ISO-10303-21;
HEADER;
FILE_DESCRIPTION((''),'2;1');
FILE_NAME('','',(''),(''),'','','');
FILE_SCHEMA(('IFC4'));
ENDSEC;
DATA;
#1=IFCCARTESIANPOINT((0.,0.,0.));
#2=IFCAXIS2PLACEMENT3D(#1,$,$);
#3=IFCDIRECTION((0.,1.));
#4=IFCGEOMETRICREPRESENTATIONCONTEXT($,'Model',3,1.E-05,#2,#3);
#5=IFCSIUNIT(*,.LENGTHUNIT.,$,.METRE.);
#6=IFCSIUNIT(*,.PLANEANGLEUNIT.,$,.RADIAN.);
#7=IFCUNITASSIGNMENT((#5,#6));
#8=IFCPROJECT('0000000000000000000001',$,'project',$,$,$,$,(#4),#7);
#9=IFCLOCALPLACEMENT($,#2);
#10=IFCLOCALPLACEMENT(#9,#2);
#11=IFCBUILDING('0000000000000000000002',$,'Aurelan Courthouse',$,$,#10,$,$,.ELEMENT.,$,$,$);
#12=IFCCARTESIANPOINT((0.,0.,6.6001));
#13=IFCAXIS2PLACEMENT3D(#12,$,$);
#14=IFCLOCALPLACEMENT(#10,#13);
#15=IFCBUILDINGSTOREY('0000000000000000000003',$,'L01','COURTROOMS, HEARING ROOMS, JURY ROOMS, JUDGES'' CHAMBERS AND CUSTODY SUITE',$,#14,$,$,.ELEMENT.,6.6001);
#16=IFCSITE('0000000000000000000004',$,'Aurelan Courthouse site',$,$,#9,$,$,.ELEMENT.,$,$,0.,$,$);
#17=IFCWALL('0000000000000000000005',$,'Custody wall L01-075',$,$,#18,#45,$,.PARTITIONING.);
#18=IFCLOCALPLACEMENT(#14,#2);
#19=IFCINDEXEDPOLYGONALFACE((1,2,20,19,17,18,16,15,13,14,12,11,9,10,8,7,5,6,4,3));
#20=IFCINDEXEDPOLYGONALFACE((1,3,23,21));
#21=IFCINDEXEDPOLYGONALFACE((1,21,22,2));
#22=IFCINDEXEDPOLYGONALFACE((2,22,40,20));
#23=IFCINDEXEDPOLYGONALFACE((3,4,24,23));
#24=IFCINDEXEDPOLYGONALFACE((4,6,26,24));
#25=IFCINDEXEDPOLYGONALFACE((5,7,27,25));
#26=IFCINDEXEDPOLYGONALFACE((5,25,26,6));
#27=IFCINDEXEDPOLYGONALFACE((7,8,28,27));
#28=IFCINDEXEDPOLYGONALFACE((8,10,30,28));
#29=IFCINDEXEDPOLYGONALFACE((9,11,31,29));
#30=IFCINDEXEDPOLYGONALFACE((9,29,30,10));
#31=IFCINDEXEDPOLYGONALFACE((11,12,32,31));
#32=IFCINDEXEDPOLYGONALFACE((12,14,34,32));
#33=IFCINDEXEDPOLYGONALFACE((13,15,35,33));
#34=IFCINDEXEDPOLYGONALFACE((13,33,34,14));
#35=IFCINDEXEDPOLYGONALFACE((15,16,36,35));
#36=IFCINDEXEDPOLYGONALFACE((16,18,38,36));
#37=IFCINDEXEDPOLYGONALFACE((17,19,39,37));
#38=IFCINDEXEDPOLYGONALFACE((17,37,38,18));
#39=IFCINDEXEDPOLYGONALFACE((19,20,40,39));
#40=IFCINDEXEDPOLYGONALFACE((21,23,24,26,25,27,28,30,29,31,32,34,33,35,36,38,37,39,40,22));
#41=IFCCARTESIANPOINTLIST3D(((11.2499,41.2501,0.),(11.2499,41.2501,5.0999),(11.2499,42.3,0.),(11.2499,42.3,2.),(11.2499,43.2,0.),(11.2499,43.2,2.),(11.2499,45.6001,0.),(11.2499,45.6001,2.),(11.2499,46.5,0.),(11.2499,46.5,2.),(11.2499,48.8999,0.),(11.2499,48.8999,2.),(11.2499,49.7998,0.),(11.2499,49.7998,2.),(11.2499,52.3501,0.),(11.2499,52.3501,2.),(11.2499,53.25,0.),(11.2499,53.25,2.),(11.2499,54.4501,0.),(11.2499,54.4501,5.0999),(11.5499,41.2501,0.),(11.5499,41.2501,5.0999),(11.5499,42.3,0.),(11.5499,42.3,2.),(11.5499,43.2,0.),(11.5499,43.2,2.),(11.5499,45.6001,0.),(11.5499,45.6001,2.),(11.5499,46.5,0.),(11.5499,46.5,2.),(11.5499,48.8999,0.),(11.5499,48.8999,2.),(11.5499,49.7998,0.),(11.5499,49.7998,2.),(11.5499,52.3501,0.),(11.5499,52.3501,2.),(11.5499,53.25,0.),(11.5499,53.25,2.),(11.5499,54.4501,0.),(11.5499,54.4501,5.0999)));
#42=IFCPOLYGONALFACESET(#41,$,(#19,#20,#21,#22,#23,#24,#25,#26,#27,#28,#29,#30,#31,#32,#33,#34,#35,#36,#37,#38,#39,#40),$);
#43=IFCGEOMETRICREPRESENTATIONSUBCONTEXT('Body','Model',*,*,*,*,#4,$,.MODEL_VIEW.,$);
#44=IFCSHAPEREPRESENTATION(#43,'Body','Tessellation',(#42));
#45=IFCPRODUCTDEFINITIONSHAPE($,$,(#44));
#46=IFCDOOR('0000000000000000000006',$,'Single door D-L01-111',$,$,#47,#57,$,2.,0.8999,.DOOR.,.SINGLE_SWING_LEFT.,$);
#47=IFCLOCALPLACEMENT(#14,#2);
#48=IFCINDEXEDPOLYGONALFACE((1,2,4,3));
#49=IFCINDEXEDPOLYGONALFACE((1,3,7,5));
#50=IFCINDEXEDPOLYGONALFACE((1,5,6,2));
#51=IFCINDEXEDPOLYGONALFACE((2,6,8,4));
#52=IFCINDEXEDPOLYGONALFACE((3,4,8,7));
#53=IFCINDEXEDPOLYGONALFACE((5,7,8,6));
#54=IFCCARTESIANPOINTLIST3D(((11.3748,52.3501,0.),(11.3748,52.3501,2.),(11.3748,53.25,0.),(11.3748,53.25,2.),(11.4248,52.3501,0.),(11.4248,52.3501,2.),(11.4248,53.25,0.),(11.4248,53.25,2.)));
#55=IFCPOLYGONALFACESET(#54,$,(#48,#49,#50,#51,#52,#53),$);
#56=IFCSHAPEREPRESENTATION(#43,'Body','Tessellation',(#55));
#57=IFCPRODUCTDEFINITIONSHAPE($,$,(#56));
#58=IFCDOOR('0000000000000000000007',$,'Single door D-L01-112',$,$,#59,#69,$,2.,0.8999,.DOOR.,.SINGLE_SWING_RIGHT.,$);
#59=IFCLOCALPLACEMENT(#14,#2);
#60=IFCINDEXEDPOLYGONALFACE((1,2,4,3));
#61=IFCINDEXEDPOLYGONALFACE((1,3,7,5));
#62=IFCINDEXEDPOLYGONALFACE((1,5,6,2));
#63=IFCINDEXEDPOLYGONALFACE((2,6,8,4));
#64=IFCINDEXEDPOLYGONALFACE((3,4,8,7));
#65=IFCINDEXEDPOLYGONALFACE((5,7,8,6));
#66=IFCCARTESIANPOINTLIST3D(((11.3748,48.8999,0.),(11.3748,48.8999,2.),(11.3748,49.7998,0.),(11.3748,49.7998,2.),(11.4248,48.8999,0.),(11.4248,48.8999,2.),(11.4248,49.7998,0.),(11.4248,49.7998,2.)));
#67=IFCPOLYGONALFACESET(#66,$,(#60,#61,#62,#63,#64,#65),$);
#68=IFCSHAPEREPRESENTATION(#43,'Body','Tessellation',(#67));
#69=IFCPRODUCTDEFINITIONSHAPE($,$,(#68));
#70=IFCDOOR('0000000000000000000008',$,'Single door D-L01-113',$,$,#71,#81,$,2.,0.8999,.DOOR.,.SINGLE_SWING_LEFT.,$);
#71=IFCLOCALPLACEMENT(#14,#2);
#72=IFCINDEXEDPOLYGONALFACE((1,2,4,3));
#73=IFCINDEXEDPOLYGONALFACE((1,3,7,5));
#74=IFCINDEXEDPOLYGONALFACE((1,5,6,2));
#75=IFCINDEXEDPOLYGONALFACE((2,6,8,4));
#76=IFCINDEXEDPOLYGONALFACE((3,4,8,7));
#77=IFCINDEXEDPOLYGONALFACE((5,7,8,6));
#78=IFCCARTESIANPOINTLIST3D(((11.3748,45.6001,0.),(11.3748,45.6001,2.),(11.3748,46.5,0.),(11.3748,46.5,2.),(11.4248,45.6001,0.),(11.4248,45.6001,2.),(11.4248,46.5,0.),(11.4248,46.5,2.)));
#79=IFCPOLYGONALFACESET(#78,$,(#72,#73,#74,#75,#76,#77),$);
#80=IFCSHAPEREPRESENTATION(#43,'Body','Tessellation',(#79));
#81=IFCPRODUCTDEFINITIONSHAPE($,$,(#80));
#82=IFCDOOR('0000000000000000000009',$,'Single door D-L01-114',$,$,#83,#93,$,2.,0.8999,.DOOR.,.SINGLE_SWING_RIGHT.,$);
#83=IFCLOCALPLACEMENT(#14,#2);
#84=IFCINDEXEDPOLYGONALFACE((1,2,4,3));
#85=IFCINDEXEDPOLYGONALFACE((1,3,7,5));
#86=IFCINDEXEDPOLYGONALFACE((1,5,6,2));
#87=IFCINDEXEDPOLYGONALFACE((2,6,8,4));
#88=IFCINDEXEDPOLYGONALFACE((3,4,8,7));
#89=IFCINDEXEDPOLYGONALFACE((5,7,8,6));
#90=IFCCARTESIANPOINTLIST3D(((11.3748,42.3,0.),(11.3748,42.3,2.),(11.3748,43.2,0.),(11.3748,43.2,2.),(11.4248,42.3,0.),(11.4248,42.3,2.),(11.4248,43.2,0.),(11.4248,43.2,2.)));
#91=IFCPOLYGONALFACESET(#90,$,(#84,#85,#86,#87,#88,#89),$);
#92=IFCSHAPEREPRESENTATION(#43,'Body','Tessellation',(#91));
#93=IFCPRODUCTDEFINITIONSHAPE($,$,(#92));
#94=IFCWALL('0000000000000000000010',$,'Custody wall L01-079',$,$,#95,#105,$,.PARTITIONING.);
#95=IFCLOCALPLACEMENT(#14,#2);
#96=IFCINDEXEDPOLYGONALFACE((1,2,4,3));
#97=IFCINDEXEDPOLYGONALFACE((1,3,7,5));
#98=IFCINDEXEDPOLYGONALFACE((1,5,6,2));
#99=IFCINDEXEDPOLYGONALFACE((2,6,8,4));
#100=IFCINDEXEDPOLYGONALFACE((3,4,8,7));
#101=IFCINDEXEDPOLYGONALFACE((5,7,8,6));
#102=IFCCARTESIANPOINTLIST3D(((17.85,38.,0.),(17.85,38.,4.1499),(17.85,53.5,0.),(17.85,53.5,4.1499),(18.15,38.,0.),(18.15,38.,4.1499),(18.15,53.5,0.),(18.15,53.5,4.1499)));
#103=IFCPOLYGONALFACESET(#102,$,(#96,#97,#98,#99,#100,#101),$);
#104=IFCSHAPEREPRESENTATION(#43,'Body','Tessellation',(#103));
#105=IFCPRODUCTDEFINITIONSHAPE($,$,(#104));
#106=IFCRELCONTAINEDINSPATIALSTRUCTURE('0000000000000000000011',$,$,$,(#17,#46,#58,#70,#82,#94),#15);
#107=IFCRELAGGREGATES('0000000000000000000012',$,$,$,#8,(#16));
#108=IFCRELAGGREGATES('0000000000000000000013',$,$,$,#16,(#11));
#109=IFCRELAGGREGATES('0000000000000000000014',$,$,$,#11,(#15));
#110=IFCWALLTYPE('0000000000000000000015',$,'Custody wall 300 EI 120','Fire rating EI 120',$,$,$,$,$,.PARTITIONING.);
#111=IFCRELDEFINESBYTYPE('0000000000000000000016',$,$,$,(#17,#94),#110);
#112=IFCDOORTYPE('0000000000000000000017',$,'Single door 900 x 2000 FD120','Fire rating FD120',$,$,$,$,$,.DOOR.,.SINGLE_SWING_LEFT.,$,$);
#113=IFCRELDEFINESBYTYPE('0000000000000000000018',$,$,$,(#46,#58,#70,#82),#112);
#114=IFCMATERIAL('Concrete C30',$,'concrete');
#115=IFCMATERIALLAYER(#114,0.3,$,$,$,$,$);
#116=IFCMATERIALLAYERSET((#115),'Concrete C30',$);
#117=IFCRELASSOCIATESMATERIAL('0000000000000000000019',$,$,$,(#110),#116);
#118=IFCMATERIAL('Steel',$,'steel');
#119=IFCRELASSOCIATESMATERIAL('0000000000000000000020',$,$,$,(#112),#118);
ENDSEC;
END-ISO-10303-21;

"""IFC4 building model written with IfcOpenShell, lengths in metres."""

from ifc_helpers import new_model, si_unit, direction, frame, frame_2d, origin, place, context, subcontext, project, spatial, rectangle, extrude, material, layer, layer_set, type_object, element, fill, save


model = new_model("IFC4")

# Units and contexts
model_context = context("Model", 3, precision=1e-05, world=origin(), true_north=direction((0.0, 1.0)))
body_context = subcontext(model_context, "Body", "Model", "MODEL_VIEW")
ifc_project = project(units=[si_unit("LENGTHUNIT", "METRE"), si_unit("PLANEANGLEUNIT", "RADIAN")], contexts=[model_context])

# Site, building, storey
site_placement = place(None, origin())
site = spatial("IfcSite", under=ifc_project, at=site_placement, Name="Aurelan Courthouse site", CompositionType="ELEMENT", RefElevation=0.0)
building_placement = place(site_placement, origin())
building = spatial("IfcBuilding", under=site, at=building_placement, Name="Aurelan Courthouse", CompositionType="ELEMENT")
storey_placement = place(building_placement, frame((0.0, 0.0, 6.6001)))
storey = spatial("IfcBuildingStorey", under=building, at=storey_placement, Name="L01", Description="COURTROOMS, HEARING ROOMS, JURY ROOMS, JUDGES' CHAMBERS AND CUSTODY SUITE", CompositionType="ELEMENT", Elevation=6.6001)

# Shared definitions
ifc_material_1 = material(Name="Concrete C30", Category="concrete")
ifc_layer = layer(ifc_material_1, 0.3)
ifc_layer_set = layer_set([ifc_layer], Name="Concrete C30")
wall_type = type_object("IfcWallType", Name="Custody wall 300 EI 120", Description="Fire rating EI 120", PredefinedType="PARTITIONING", material=ifc_layer_set)
ifc_material_2 = material(Name="Steel", Category="steel")

# Wall, openings, doors
wall_1_placement = place(storey_placement, frame((11.3999, 41.25, 0.0), z_axis=(0.0, 0.0, 1.0), x_axis=(0.0, 1.0, 0.0)))
wall_1 = element("IfcWall", 1, at=wall_1_placement, inside=storey, type_object=wall_type, Name="Custody wall L01-075", PredefinedType="PARTITIONING", context=body_context, shape_type="SweptSolid", body=[
    extrude(rectangle(XDim=13.2, YDim=0.3, at=frame_2d((6.6001, 0.0))), origin(), (0.0, 0.0, 1.0), 5.0999),
])
opening_1_placement = place(wall_1_placement, frame((12.0, 0.0, 0.0), z_axis=(0.0, 0.0, 1.0), x_axis=(-1.0, 0.0, 0.0)))
opening_1 = element("IfcOpeningElement", 2, at=opening_1_placement, cuts=wall_1, PredefinedType="OPENING", context=body_context, shape_type="SweptSolid", body=[
    extrude(rectangle(XDim=0.8999, YDim=2.0, at=frame_2d((0.45, 1.0))), frame((0.0, 0.1599, 0.0), z_axis=(0.0, -1.0, 0.0), x_axis=(1.0, 0.0, 0.0)), (0.0, 0.0, 1.0), 0.3201),
])
opening_2_placement = place(wall_1_placement, frame((8.5498, 0.0, 0.0), z_axis=(0.0, 0.0, 1.0), x_axis=(-1.0, 0.0, 0.0)))
opening_2 = element("IfcOpeningElement", 3, at=opening_2_placement, cuts=wall_1, PredefinedType="OPENING", context=body_context, shape_type="SweptSolid", body=[
    extrude(rectangle(XDim=0.8999, YDim=2.0, at=frame_2d((0.45, 1.0))), frame((0.0, 0.1599, 0.0), z_axis=(0.0, -1.0, 0.0), x_axis=(1.0, 0.0, 0.0)), (0.0, 0.0, 1.0), 0.3201),
])
opening_3_placement = place(wall_1_placement, frame((5.25, 0.0, 0.0), z_axis=(0.0, 0.0, 1.0), x_axis=(-1.0, 0.0, 0.0)))
opening_3 = element("IfcOpeningElement", 4, at=opening_3_placement, cuts=wall_1, PredefinedType="OPENING", context=body_context, shape_type="SweptSolid", body=[
    extrude(rectangle(XDim=0.8999, YDim=2.0, at=frame_2d((0.45, 1.0))), frame((0.0, 0.1599, 0.0), z_axis=(0.0, -1.0, 0.0), x_axis=(1.0, 0.0, 0.0)), (0.0, 0.0, 1.0), 0.3201),
])
opening_4_placement = place(wall_1_placement, frame((1.95, 0.0, 0.0), z_axis=(0.0, 0.0, 1.0), x_axis=(-1.0, 0.0, 0.0)))
opening_4 = element("IfcOpeningElement", 5, at=opening_4_placement, cuts=wall_1, PredefinedType="OPENING", context=body_context, shape_type="SweptSolid", body=[
    extrude(rectangle(XDim=0.8999, YDim=2.0, at=frame_2d((0.45, 1.0))), frame((0.0, 0.1599, 0.0), z_axis=(0.0, -1.0, 0.0), x_axis=(1.0, 0.0, 0.0)), (0.0, 0.0, 1.0), 0.3201),
])
door_type_1 = type_object("IfcDoorType", Name="Single door 900 x 2000 FD120", Description="Fire rating FD120", OperationType="SINGLE_SWING_LEFT", PredefinedType="DOOR", material=ifc_material_2)
door_1_placement = place(opening_1_placement, origin())
door_1 = element("IfcDoor", 6, at=door_1_placement, inside=storey, type_object=door_type_1, Name="Single door D-L01-111", OperationType="SINGLE_SWING_LEFT", OverallHeight=2.0, OverallWidth=0.8999, PredefinedType="DOOR", context=body_context, shape_type="SweptSolid", body=[
    extrude(rectangle(XDim=0.8999, YDim=2.0, at=frame_2d((0.45, 1.0))), frame((0.0, 0.0249, 0.0), z_axis=(0.0, -1.0, 0.0), x_axis=(1.0, 0.0, 0.0)), (0.0, 0.0, 1.0), 0.05),
])
fill(opening_1, door_1)
door_2_placement = place(opening_2_placement, origin())
door_2 = element("IfcDoor", 7, at=door_2_placement, inside=storey, type_object=door_type_1, Name="Single door D-L01-112", OperationType="SINGLE_SWING_RIGHT", OverallHeight=2.0, OverallWidth=0.8999, PredefinedType="DOOR", context=body_context, shape_type="SweptSolid", body=[
    extrude(rectangle(XDim=0.8999, YDim=2.0, at=frame_2d((0.45, 1.0))), frame((0.0, 0.0249, 0.0), z_axis=(0.0, -1.0, 0.0), x_axis=(1.0, 0.0, 0.0)), (0.0, 0.0, 1.0), 0.05),
])
fill(opening_2, door_2)
door_3_placement = place(opening_3_placement, origin())
door_3 = element("IfcDoor", 8, at=door_3_placement, inside=storey, type_object=door_type_1, Name="Single door D-L01-113", OperationType="SINGLE_SWING_LEFT", OverallHeight=2.0, OverallWidth=0.8999, PredefinedType="DOOR", context=body_context, shape_type="SweptSolid", body=[
    extrude(rectangle(XDim=0.8999, YDim=2.0, at=frame_2d((0.45, 1.0))), frame((0.0, 0.0249, 0.0), z_axis=(0.0, -1.0, 0.0), x_axis=(1.0, 0.0, 0.0)), (0.0, 0.0, 1.0), 0.05),
])
fill(opening_3, door_3)
door_4_placement = place(opening_4_placement, origin())
door_4 = element("IfcDoor", 9, at=door_4_placement, inside=storey, type_object=door_type_1, Name="Single door D-L01-114", OperationType="SINGLE_SWING_RIGHT", OverallHeight=2.0, OverallWidth=0.8999, PredefinedType="DOOR", context=body_context, shape_type="SweptSolid", body=[
    extrude(rectangle(XDim=0.8999, YDim=2.0, at=frame_2d((0.45, 1.0))), frame((0.0, 0.0249, 0.0), z_axis=(0.0, -1.0, 0.0), x_axis=(1.0, 0.0, 0.0)), (0.0, 0.0, 1.0), 0.05),
])
fill(opening_4, door_4)

# Wall
wall_2_placement = place(storey_placement, frame((18.0, 38.0, 0.0), z_axis=(0.0, 0.0, 1.0), x_axis=(0.0, 1.0, 0.0)))
element("IfcWall", 10, at=wall_2_placement, inside=storey, type_object=wall_type, Name="Custody wall L01-079", PredefinedType="PARTITIONING", context=body_context, shape_type="SweptSolid", body=[
    extrude(rectangle(XDim=15.5, YDim=0.3, at=frame_2d((7.75, 0.0))), origin(), (0.0, 0.0, 1.0), 4.1499),
])

save(model, "model.ifc")
